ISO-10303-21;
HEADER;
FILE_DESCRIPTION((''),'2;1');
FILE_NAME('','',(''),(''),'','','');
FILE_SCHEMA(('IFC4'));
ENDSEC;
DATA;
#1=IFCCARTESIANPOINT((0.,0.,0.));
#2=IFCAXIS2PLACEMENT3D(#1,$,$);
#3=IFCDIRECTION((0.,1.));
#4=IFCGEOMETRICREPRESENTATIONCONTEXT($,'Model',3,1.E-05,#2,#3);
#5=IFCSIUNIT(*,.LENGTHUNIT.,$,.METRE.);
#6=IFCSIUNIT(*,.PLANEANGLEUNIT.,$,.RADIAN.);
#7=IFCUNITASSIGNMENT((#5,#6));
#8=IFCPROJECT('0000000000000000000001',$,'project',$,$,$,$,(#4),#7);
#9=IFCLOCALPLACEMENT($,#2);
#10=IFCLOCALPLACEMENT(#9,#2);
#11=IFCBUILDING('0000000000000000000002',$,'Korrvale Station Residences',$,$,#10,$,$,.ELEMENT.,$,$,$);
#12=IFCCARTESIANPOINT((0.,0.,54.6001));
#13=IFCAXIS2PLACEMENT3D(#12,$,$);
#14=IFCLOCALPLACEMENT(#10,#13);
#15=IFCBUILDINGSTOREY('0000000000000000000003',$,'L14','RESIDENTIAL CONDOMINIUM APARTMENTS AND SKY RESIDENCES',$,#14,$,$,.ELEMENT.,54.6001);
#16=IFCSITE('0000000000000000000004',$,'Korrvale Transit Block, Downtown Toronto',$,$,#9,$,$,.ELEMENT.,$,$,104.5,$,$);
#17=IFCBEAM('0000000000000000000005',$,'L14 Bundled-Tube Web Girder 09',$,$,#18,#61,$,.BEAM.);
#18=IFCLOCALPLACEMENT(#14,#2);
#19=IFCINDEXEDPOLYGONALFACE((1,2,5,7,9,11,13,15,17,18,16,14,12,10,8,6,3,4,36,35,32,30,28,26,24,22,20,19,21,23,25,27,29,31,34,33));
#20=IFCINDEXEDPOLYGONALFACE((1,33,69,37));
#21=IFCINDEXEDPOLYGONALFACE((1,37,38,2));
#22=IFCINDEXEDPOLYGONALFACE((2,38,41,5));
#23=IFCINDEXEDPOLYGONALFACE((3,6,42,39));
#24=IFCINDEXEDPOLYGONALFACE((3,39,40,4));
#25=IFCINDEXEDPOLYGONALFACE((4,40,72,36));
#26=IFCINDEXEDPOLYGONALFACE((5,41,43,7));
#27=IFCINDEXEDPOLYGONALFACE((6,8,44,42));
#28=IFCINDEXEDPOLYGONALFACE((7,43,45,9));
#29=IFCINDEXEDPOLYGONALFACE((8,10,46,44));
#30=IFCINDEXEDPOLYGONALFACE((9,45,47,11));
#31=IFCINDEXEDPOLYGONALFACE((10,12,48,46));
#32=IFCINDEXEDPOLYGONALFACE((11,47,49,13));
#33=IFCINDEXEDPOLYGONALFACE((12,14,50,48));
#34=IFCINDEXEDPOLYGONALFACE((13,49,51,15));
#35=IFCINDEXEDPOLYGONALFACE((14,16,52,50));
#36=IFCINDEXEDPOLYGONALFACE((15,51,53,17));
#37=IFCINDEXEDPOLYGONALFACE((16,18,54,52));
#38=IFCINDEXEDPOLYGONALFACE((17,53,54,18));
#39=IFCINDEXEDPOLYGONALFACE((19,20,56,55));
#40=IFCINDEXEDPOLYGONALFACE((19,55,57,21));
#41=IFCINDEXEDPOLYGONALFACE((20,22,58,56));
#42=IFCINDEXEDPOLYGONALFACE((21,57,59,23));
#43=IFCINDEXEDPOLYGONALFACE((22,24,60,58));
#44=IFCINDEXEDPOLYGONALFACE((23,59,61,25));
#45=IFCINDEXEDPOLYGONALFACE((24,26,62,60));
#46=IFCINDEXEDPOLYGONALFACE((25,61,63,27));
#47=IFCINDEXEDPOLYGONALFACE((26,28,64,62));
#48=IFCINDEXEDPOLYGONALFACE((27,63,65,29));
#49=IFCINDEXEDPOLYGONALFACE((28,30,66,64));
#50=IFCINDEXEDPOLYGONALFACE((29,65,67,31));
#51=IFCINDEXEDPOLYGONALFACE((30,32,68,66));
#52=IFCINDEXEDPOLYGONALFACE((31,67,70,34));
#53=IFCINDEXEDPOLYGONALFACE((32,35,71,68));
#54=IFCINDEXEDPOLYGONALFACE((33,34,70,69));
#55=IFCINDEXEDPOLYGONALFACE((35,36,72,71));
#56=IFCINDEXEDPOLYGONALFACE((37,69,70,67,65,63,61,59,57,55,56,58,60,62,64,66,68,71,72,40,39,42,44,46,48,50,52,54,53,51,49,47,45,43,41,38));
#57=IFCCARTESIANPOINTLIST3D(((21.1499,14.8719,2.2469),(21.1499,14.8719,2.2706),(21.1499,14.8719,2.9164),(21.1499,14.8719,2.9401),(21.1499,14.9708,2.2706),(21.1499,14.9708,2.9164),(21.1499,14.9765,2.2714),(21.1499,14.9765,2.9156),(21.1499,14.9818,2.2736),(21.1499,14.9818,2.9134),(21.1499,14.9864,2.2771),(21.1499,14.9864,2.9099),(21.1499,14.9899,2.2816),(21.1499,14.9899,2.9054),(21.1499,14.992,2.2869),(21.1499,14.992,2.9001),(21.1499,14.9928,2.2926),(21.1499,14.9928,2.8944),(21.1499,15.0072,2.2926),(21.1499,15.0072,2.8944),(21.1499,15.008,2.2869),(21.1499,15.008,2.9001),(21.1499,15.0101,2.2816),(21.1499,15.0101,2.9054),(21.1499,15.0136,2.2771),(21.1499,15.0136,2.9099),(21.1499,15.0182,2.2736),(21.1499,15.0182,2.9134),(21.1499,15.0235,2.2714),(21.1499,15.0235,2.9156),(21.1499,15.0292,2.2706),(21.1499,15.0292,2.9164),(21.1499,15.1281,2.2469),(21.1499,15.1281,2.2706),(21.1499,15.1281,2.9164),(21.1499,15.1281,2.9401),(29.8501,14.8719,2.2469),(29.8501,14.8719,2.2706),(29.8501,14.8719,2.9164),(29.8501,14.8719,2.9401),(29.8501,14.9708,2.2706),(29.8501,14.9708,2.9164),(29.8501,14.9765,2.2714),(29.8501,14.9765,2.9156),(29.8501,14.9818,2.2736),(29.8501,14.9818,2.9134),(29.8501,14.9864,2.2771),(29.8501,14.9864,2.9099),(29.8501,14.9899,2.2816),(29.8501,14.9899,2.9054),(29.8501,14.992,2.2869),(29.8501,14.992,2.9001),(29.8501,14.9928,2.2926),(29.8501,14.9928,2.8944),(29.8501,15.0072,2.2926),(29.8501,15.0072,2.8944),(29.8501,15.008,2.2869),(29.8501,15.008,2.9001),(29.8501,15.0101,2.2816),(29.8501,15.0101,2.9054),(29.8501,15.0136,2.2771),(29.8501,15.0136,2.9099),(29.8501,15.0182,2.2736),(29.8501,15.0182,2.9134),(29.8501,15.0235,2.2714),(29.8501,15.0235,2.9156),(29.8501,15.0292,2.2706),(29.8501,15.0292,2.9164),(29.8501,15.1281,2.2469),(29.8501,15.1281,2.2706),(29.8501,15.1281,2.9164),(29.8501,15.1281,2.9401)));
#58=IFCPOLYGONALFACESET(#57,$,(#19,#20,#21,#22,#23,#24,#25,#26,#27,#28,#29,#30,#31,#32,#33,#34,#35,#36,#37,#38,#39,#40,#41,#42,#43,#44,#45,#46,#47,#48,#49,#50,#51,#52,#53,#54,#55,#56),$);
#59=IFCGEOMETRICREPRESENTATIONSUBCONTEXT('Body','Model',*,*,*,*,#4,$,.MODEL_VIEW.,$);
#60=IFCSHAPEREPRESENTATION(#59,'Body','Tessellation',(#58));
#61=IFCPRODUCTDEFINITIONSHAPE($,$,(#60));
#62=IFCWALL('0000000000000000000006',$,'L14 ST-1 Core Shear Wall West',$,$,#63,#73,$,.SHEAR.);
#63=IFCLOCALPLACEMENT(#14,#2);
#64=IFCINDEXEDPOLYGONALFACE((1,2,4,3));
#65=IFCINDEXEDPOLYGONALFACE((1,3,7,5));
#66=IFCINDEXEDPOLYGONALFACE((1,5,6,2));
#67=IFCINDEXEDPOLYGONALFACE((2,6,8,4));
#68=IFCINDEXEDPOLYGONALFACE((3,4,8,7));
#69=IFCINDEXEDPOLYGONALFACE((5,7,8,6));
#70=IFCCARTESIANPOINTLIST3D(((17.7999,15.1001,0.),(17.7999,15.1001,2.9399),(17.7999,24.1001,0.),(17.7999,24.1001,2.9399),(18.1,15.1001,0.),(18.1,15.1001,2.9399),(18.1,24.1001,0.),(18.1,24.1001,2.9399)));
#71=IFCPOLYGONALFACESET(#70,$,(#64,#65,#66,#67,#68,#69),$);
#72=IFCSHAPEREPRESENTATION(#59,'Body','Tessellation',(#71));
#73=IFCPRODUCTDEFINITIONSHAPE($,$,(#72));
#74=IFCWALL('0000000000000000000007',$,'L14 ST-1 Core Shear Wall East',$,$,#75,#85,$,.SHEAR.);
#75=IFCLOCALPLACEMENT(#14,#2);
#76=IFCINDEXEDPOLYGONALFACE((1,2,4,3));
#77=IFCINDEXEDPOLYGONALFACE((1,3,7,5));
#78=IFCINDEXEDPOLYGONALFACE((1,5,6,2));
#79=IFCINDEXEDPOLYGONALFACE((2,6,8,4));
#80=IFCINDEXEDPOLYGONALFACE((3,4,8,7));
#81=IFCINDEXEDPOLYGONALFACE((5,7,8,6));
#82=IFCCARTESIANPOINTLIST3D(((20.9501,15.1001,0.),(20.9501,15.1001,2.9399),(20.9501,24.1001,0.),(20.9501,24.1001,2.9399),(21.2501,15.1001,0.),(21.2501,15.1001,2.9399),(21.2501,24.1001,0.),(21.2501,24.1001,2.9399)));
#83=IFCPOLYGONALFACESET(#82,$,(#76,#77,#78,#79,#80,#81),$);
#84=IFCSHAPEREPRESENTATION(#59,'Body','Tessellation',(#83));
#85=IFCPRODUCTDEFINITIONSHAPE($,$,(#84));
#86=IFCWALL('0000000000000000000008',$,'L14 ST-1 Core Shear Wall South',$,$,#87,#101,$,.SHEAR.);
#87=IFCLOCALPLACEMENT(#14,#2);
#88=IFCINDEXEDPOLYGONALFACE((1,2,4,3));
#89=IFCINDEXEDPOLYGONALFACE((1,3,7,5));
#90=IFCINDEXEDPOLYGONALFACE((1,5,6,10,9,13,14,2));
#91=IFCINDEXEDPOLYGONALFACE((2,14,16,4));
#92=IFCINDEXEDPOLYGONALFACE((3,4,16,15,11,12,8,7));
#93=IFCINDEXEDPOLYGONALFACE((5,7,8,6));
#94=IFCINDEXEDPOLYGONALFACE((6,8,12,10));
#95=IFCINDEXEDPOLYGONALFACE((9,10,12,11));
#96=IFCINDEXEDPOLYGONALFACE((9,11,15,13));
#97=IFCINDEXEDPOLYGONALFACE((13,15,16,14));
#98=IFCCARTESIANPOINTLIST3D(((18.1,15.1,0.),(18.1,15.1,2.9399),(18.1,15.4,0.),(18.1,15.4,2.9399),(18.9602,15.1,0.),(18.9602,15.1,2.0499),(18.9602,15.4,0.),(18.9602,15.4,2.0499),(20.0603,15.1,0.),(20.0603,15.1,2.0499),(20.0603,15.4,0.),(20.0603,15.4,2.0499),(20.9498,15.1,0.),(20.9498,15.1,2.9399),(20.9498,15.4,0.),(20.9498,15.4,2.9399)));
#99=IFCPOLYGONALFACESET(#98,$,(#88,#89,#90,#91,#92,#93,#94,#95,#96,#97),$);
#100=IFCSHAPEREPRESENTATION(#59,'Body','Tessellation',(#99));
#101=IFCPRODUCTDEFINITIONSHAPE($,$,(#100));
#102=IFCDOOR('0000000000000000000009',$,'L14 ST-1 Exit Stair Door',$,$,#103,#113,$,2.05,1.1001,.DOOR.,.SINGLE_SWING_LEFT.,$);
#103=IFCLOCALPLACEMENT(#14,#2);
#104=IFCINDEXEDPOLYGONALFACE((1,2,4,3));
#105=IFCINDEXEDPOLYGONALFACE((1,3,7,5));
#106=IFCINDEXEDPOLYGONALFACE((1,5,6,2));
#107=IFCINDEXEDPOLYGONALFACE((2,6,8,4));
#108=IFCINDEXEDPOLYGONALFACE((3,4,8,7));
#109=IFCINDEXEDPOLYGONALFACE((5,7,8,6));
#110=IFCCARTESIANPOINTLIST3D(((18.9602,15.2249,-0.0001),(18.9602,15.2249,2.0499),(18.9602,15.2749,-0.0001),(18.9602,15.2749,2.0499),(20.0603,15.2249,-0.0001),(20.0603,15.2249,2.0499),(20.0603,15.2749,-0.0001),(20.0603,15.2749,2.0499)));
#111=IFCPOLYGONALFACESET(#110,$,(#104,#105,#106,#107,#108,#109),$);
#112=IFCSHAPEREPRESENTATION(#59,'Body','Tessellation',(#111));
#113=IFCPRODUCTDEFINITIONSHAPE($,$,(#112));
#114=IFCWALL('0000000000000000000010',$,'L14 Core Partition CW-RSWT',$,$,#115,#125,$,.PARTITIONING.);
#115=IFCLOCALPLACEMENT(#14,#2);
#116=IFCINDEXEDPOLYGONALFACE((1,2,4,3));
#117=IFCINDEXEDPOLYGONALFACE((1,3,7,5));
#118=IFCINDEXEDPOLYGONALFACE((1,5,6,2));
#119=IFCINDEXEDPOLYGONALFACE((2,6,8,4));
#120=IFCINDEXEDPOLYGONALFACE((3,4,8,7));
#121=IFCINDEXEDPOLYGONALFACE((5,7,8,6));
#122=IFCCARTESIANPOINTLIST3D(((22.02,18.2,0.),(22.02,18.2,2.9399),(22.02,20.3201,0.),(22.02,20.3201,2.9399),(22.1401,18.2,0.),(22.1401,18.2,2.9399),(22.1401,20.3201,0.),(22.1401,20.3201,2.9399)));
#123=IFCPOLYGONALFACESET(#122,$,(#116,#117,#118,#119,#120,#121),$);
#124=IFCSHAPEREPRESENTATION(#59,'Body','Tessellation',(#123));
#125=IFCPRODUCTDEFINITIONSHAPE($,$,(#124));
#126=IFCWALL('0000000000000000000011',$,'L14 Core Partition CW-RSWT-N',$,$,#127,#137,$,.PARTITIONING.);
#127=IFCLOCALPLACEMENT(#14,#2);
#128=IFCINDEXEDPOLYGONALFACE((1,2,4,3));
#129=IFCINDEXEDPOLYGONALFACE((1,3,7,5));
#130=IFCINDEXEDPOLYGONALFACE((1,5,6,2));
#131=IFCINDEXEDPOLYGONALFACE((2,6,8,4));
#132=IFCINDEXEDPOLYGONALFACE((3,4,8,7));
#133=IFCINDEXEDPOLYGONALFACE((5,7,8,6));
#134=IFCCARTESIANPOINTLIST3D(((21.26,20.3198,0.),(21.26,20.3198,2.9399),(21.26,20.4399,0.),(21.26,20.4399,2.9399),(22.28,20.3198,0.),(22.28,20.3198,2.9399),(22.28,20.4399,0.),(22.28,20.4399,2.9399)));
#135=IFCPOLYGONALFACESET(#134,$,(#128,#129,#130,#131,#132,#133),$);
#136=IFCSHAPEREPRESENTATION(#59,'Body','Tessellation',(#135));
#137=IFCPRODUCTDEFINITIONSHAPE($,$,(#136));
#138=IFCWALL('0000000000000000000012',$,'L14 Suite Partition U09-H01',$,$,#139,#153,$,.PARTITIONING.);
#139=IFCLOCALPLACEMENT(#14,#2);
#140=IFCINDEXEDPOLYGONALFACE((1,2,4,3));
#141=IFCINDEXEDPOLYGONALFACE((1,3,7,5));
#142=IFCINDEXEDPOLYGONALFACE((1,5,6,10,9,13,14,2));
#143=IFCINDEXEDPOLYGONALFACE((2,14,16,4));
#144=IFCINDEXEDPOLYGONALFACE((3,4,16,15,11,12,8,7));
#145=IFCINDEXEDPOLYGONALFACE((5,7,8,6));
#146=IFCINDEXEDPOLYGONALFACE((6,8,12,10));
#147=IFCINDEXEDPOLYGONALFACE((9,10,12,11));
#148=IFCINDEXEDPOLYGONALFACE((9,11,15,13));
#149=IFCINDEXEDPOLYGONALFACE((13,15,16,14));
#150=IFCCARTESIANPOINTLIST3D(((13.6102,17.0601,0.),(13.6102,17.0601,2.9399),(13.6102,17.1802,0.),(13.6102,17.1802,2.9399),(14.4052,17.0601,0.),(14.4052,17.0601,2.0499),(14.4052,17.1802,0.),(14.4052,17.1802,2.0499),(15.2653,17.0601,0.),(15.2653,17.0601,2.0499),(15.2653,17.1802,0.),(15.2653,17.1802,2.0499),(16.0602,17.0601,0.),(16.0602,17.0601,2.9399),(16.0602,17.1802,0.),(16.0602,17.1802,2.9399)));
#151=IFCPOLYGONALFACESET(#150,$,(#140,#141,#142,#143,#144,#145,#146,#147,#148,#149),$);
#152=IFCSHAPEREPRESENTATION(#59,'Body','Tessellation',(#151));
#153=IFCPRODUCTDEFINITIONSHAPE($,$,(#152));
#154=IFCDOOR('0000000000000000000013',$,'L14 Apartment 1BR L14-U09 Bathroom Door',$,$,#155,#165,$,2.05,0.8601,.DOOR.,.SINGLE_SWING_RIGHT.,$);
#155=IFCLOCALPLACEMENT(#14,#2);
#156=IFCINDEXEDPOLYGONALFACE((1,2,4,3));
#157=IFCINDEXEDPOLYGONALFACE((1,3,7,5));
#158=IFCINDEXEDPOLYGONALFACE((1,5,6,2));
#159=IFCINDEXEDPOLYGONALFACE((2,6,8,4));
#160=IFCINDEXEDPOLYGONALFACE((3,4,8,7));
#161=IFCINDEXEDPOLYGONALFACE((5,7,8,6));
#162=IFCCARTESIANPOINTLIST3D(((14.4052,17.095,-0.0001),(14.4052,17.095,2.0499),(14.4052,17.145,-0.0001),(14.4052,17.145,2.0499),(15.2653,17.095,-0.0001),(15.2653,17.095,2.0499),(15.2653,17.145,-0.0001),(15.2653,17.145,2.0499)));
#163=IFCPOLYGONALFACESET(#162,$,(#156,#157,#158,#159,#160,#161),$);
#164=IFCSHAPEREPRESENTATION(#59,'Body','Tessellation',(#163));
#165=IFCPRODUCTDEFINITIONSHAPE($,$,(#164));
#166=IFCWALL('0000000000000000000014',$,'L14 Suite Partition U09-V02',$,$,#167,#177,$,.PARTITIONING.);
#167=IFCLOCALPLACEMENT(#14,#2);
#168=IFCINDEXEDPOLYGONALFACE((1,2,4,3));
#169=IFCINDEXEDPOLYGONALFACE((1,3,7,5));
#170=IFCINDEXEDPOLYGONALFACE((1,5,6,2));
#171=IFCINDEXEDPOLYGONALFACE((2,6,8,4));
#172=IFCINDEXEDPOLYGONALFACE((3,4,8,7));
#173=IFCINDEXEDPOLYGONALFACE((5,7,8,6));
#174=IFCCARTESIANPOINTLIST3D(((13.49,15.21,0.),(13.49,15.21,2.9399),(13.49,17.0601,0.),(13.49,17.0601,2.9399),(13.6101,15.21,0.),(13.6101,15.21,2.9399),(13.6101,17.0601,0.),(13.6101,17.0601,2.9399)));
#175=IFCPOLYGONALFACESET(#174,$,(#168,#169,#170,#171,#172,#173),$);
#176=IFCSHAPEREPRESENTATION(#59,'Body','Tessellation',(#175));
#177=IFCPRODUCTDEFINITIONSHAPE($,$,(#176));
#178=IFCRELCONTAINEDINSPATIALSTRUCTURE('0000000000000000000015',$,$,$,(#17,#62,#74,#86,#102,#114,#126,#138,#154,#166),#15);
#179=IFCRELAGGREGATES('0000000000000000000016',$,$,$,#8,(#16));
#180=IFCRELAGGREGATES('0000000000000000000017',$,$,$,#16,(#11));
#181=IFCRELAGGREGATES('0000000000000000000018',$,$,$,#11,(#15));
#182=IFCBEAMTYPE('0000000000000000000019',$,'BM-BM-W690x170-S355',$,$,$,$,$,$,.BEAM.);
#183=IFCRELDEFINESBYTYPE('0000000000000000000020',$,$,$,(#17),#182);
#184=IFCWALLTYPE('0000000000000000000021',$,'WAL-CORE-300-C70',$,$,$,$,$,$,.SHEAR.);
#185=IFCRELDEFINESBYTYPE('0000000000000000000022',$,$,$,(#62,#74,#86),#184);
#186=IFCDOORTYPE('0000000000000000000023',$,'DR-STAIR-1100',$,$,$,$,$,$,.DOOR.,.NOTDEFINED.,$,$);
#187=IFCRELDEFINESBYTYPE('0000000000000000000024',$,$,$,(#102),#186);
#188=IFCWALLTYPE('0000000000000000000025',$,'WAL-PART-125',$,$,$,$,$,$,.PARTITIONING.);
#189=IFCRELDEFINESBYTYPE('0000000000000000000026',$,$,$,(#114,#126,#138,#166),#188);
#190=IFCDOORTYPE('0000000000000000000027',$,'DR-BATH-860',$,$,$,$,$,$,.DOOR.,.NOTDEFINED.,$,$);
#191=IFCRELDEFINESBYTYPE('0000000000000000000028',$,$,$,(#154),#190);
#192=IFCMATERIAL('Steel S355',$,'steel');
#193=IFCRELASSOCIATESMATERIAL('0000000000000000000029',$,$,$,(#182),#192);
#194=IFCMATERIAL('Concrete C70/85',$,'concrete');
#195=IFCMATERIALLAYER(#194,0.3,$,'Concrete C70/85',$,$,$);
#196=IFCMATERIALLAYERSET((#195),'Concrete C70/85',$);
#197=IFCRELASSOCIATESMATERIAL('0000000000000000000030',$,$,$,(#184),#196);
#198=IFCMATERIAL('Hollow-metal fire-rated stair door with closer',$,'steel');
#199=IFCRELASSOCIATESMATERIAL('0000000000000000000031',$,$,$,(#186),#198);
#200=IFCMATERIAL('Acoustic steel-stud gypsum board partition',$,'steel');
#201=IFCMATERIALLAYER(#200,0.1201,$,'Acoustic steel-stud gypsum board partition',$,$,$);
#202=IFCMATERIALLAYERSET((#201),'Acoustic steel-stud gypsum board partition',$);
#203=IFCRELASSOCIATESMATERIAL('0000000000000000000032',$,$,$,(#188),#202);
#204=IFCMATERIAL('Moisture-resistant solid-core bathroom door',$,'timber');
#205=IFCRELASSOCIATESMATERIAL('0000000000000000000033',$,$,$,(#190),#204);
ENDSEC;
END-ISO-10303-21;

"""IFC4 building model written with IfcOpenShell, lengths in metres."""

from ifc_helpers import new_model, si_unit, direction, frame, frame_2d, origin, origin_2d, place, context, subcontext, project, spatial, rectangle, i_section, extrude, material, layer, layer_set, material_profile, profile_set, type_object, element, fill, save


model = new_model("IFC4")

# Units and contexts
model_context = context("Model", 3, precision=1e-05, world=origin(), true_north=direction((0.0, 1.0)))
body_context = subcontext(model_context, "Body", "Model", "MODEL_VIEW")
ifc_project = project(units=[si_unit("LENGTHUNIT", "METRE"), si_unit("PLANEANGLEUNIT", "RADIAN")], contexts=[model_context])

# Site, building, storey
site_placement = place(None, origin())
site = spatial("IfcSite", under=ifc_project, at=site_placement, Name="Korrvale Transit Block, Downtown Toronto", CompositionType="ELEMENT", RefElevation=104.5)
building_placement = place(site_placement, origin())
building = spatial("IfcBuilding", under=site, at=building_placement, Name="Korrvale Station Residences", CompositionType="ELEMENT")
storey_placement = place(building_placement, frame((0.0, 0.0, 54.6001)))
storey = spatial("IfcBuildingStorey", under=building, at=storey_placement, Name="L14", Description="RESIDENTIAL CONDOMINIUM APARTMENTS AND SKY RESIDENCES", CompositionType="ELEMENT", Elevation=54.6001)

# Beam
ifc_material_1 = material(Name="Steel S355", Category="steel")
ifc_material_profile = material_profile(ifc_material_1, i_section(OverallWidth=0.2561, OverallDepth=0.6931, WebThickness=0.0144, FlangeThickness=0.0237, FilletRadius=0.022, at=origin_2d()), Name="W690x170")
ifc_profile_set = profile_set([ifc_material_profile], Name="Steel S355")
beam_type = type_object("IfcBeamType", Name="BM-BM-W690x170-S355", PredefinedType="BEAM", material=ifc_profile_set)
beam_placement = place(storey_placement, frame((21.1499, 15.0, 2.5935), z_axis=(1.0, 0.0, 0.0), x_axis=(0.0, 1.0, 0.0)))
element("IfcBeam", 1, at=beam_placement, inside=storey, type_object=beam_type, Name="L14 Bundled-Tube Web Girder 09", PredefinedType="BEAM", context=body_context, shape_type="SweptSolid", body=[
    extrude(i_section(OverallWidth=0.2561, OverallDepth=0.6931, WebThickness=0.0144, FlangeThickness=0.0237, FilletRadius=0.022, at=origin_2d()), origin(), (0.0, 0.0, 1.0), 8.7002),
])

# Walls
ifc_material_2 = material(Name="Concrete C70/85", Category="concrete")
ifc_layer_1 = layer(ifc_material_2, 0.3, Name="Concrete C70/85")
ifc_layer_set_1 = layer_set([ifc_layer_1], Name="Concrete C70/85")
wall_type_1 = type_object("IfcWallType", Name="WAL-CORE-300-C70", PredefinedType="SHEAR", material=ifc_layer_set_1)
for number, where, z_axis, x_axis, name in (
    (2, (17.95, 15.1001, 0.0), (0.0, 0.0, 1.0), (0.0, 1.0, 0.0), "L14 ST-1 Core Shear Wall West"),
    (3, (21.1001, 15.1001, 0.0), (0.0, 0.0, 1.0), (0.0, 1.0, 0.0), "L14 ST-1 Core Shear Wall East"),
):
    element("IfcWall", number, at=place(storey_placement, frame(where, z_axis=z_axis, x_axis=x_axis)), inside=storey, type_object=wall_type_1, Name=name, PredefinedType="SHEAR", context=body_context, shape_type="SweptSolid", body=[
        extrude(rectangle(XDim=9.0, YDim=0.3, at=frame_2d((4.5, 0.0))), origin(), (0.0, 0.0, 1.0), 2.9399),
    ])

# Wall, opening, door
wall_1_placement = place(storey_placement, frame((18.1001, 15.25, 0.0), z_axis=(0.0, 0.0, 1.0), x_axis=(1.0, 0.0, 0.0)))
wall_1 = element("IfcWall", 4, at=wall_1_placement, inside=storey, type_object=wall_type_1, Name="L14 ST-1 Core Shear Wall South", PredefinedType="SHEAR", context=body_context, shape_type="SweptSolid", body=[
    extrude(rectangle(XDim=2.8499, YDim=0.3, at=frame_2d((1.4248, 0.0))), origin(), (0.0, 0.0, 1.0), 2.9399),
])
opening_1_placement = place(wall_1_placement, frame((0.8601, 0.0, 0.0)))
opening_1 = element("IfcOpeningElement", 5, at=opening_1_placement, cuts=wall_1, PredefinedType="OPENING", context=body_context, shape_type="SweptSolid", body=[
    extrude(rectangle(XDim=1.1001, YDim=2.05, at=frame_2d((0.55, 1.0249))), frame((0.0, 0.1602, 0.0), z_axis=(0.0, -1.0, 0.0), x_axis=(1.0, 0.0, 0.0)), (0.0, 0.0, 1.0), 0.3201),
])
ifc_material_3 = material(Name="Hollow-metal fire-rated stair door with closer", Category="steel")
door_type_1 = type_object("IfcDoorType", Name="DR-STAIR-1100", OperationType="NOTDEFINED", PredefinedType="DOOR", material=ifc_material_3)
door_1_placement = place(opening_1_placement, origin())
door_1 = element("IfcDoor", 6, at=door_1_placement, inside=storey, type_object=door_type_1, Name="L14 ST-1 Exit Stair Door", OperationType="SINGLE_SWING_LEFT", OverallHeight=2.05, OverallWidth=1.1001, PredefinedType="DOOR", context=body_context, shape_type="SweptSolid", body=[
    extrude(rectangle(XDim=1.1001, YDim=2.05, at=frame_2d((0.55, 1.0249))), frame((0.0, 0.0249, 0.0), z_axis=(0.0, -1.0, 0.0), x_axis=(1.0, 0.0, 0.0)), (0.0, 0.0, 1.0), 0.05),
])
fill(opening_1, door_1)

# Walls
ifc_material_4 = material(Name="Acoustic steel-stud gypsum board partition", Category="steel")
ifc_layer_2 = layer(ifc_material_4, 0.1201, Name="Acoustic steel-stud gypsum board partition")
ifc_layer_set_2 = layer_set([ifc_layer_2], Name="Acoustic steel-stud gypsum board partition")
wall_type_2 = type_object("IfcWallType", Name="WAL-PART-125", PredefinedType="PARTITIONING", material=ifc_layer_set_2)
wall_2_placement = place(storey_placement, frame((22.0801, 18.2, 0.0), z_axis=(0.0, 0.0, 1.0), x_axis=(0.0, 1.0, 0.0)))
element("IfcWall", 7, at=wall_2_placement, inside=storey, type_object=wall_type_2, Name="L14 Core Partition CW-RSWT", PredefinedType="PARTITIONING", context=body_context, shape_type="SweptSolid", body=[
    extrude(rectangle(XDim=2.1201, YDim=0.1201, at=frame_2d((1.0601, 0.0))), origin(), (0.0, 0.0, 1.0), 2.9399),
])
wall_3_placement = place(storey_placement, frame((22.28, 20.3799, 0.0), z_axis=(0.0, 0.0, 1.0), x_axis=(-1.0, 0.0, 0.0)))
element("IfcWall", 8, at=wall_3_placement, inside=storey, type_object=wall_type_2, Name="L14 Core Partition CW-RSWT-N", PredefinedType="PARTITIONING", context=body_context, shape_type="SweptSolid", body=[
    extrude(rectangle(XDim=1.02, YDim=0.1201, at=frame_2d((0.51, 0.0))), origin(), (0.0, 0.0, 1.0), 2.9399),
])

# Wall, opening, door
wall_4_placement = place(storey_placement, frame((13.6101, 17.1201, 0.0), z_axis=(0.0, 0.0, 1.0), x_axis=(1.0, 0.0, 0.0)))
wall_4 = element("IfcWall", 9, at=wall_4_placement, inside=storey, type_object=wall_type_2, Name="L14 Suite Partition U09-H01", PredefinedType="PARTITIONING", context=body_context, shape_type="SweptSolid", body=[
    extrude(rectangle(XDim=2.45, YDim=0.1201, at=frame_2d((1.2251, 0.0))), origin(), (0.0, 0.0, 1.0), 2.9399),
])
opening_2_placement = place(wall_4_placement, frame((0.7949, 0.0, 0.0)))
opening_2 = element("IfcOpeningElement", 10, at=opening_2_placement, cuts=wall_4, PredefinedType="OPENING", context=body_context, shape_type="SweptSolid", body=[
    extrude(rectangle(XDim=0.8601, YDim=2.05, at=frame_2d((0.4302, 1.0249))), frame((0.0, 0.0701, 0.0), z_axis=(0.0, -1.0, 0.0), x_axis=(1.0, 0.0, 0.0)), (0.0, 0.0, 1.0), 0.1401),
])
ifc_material_5 = material(Name="Moisture-resistant solid-core bathroom door", Category="timber")
door_type_2 = type_object("IfcDoorType", Name="DR-BATH-860", OperationType="NOTDEFINED", PredefinedType="DOOR", material=ifc_material_5)
door_2_placement = place(opening_2_placement, origin())
door_2 = element("IfcDoor", 11, at=door_2_placement, inside=storey, type_object=door_type_2, Name="L14 Apartment 1BR L14-U09 Bathroom Door", OperationType="SINGLE_SWING_RIGHT", OverallHeight=2.05, OverallWidth=0.8601, PredefinedType="DOOR", context=body_context, shape_type="SweptSolid", body=[
    extrude(rectangle(XDim=0.8601, YDim=2.05, at=frame_2d((0.4302, 1.0249))), frame((0.0, 0.0249, 0.0), z_axis=(0.0, -1.0, 0.0), x_axis=(1.0, 0.0, 0.0)), (0.0, 0.0, 1.0), 0.05),
])
fill(opening_2, door_2)

# Wall
wall_5_placement = place(storey_placement, frame((13.55, 15.21, 0.0), z_axis=(0.0, 0.0, 1.0), x_axis=(0.0, 1.0, 0.0)))
element("IfcWall", 12, at=wall_5_placement, inside=storey, type_object=wall_type_2, Name="L14 Suite Partition U09-V02", PredefinedType="PARTITIONING", context=body_context, shape_type="SweptSolid", body=[
    extrude(rectangle(XDim=1.8501, YDim=0.1201, at=frame_2d((0.925, 0.0))), origin(), (0.0, 0.0, 1.0), 2.9399),
])

save(model, "model.ifc")
